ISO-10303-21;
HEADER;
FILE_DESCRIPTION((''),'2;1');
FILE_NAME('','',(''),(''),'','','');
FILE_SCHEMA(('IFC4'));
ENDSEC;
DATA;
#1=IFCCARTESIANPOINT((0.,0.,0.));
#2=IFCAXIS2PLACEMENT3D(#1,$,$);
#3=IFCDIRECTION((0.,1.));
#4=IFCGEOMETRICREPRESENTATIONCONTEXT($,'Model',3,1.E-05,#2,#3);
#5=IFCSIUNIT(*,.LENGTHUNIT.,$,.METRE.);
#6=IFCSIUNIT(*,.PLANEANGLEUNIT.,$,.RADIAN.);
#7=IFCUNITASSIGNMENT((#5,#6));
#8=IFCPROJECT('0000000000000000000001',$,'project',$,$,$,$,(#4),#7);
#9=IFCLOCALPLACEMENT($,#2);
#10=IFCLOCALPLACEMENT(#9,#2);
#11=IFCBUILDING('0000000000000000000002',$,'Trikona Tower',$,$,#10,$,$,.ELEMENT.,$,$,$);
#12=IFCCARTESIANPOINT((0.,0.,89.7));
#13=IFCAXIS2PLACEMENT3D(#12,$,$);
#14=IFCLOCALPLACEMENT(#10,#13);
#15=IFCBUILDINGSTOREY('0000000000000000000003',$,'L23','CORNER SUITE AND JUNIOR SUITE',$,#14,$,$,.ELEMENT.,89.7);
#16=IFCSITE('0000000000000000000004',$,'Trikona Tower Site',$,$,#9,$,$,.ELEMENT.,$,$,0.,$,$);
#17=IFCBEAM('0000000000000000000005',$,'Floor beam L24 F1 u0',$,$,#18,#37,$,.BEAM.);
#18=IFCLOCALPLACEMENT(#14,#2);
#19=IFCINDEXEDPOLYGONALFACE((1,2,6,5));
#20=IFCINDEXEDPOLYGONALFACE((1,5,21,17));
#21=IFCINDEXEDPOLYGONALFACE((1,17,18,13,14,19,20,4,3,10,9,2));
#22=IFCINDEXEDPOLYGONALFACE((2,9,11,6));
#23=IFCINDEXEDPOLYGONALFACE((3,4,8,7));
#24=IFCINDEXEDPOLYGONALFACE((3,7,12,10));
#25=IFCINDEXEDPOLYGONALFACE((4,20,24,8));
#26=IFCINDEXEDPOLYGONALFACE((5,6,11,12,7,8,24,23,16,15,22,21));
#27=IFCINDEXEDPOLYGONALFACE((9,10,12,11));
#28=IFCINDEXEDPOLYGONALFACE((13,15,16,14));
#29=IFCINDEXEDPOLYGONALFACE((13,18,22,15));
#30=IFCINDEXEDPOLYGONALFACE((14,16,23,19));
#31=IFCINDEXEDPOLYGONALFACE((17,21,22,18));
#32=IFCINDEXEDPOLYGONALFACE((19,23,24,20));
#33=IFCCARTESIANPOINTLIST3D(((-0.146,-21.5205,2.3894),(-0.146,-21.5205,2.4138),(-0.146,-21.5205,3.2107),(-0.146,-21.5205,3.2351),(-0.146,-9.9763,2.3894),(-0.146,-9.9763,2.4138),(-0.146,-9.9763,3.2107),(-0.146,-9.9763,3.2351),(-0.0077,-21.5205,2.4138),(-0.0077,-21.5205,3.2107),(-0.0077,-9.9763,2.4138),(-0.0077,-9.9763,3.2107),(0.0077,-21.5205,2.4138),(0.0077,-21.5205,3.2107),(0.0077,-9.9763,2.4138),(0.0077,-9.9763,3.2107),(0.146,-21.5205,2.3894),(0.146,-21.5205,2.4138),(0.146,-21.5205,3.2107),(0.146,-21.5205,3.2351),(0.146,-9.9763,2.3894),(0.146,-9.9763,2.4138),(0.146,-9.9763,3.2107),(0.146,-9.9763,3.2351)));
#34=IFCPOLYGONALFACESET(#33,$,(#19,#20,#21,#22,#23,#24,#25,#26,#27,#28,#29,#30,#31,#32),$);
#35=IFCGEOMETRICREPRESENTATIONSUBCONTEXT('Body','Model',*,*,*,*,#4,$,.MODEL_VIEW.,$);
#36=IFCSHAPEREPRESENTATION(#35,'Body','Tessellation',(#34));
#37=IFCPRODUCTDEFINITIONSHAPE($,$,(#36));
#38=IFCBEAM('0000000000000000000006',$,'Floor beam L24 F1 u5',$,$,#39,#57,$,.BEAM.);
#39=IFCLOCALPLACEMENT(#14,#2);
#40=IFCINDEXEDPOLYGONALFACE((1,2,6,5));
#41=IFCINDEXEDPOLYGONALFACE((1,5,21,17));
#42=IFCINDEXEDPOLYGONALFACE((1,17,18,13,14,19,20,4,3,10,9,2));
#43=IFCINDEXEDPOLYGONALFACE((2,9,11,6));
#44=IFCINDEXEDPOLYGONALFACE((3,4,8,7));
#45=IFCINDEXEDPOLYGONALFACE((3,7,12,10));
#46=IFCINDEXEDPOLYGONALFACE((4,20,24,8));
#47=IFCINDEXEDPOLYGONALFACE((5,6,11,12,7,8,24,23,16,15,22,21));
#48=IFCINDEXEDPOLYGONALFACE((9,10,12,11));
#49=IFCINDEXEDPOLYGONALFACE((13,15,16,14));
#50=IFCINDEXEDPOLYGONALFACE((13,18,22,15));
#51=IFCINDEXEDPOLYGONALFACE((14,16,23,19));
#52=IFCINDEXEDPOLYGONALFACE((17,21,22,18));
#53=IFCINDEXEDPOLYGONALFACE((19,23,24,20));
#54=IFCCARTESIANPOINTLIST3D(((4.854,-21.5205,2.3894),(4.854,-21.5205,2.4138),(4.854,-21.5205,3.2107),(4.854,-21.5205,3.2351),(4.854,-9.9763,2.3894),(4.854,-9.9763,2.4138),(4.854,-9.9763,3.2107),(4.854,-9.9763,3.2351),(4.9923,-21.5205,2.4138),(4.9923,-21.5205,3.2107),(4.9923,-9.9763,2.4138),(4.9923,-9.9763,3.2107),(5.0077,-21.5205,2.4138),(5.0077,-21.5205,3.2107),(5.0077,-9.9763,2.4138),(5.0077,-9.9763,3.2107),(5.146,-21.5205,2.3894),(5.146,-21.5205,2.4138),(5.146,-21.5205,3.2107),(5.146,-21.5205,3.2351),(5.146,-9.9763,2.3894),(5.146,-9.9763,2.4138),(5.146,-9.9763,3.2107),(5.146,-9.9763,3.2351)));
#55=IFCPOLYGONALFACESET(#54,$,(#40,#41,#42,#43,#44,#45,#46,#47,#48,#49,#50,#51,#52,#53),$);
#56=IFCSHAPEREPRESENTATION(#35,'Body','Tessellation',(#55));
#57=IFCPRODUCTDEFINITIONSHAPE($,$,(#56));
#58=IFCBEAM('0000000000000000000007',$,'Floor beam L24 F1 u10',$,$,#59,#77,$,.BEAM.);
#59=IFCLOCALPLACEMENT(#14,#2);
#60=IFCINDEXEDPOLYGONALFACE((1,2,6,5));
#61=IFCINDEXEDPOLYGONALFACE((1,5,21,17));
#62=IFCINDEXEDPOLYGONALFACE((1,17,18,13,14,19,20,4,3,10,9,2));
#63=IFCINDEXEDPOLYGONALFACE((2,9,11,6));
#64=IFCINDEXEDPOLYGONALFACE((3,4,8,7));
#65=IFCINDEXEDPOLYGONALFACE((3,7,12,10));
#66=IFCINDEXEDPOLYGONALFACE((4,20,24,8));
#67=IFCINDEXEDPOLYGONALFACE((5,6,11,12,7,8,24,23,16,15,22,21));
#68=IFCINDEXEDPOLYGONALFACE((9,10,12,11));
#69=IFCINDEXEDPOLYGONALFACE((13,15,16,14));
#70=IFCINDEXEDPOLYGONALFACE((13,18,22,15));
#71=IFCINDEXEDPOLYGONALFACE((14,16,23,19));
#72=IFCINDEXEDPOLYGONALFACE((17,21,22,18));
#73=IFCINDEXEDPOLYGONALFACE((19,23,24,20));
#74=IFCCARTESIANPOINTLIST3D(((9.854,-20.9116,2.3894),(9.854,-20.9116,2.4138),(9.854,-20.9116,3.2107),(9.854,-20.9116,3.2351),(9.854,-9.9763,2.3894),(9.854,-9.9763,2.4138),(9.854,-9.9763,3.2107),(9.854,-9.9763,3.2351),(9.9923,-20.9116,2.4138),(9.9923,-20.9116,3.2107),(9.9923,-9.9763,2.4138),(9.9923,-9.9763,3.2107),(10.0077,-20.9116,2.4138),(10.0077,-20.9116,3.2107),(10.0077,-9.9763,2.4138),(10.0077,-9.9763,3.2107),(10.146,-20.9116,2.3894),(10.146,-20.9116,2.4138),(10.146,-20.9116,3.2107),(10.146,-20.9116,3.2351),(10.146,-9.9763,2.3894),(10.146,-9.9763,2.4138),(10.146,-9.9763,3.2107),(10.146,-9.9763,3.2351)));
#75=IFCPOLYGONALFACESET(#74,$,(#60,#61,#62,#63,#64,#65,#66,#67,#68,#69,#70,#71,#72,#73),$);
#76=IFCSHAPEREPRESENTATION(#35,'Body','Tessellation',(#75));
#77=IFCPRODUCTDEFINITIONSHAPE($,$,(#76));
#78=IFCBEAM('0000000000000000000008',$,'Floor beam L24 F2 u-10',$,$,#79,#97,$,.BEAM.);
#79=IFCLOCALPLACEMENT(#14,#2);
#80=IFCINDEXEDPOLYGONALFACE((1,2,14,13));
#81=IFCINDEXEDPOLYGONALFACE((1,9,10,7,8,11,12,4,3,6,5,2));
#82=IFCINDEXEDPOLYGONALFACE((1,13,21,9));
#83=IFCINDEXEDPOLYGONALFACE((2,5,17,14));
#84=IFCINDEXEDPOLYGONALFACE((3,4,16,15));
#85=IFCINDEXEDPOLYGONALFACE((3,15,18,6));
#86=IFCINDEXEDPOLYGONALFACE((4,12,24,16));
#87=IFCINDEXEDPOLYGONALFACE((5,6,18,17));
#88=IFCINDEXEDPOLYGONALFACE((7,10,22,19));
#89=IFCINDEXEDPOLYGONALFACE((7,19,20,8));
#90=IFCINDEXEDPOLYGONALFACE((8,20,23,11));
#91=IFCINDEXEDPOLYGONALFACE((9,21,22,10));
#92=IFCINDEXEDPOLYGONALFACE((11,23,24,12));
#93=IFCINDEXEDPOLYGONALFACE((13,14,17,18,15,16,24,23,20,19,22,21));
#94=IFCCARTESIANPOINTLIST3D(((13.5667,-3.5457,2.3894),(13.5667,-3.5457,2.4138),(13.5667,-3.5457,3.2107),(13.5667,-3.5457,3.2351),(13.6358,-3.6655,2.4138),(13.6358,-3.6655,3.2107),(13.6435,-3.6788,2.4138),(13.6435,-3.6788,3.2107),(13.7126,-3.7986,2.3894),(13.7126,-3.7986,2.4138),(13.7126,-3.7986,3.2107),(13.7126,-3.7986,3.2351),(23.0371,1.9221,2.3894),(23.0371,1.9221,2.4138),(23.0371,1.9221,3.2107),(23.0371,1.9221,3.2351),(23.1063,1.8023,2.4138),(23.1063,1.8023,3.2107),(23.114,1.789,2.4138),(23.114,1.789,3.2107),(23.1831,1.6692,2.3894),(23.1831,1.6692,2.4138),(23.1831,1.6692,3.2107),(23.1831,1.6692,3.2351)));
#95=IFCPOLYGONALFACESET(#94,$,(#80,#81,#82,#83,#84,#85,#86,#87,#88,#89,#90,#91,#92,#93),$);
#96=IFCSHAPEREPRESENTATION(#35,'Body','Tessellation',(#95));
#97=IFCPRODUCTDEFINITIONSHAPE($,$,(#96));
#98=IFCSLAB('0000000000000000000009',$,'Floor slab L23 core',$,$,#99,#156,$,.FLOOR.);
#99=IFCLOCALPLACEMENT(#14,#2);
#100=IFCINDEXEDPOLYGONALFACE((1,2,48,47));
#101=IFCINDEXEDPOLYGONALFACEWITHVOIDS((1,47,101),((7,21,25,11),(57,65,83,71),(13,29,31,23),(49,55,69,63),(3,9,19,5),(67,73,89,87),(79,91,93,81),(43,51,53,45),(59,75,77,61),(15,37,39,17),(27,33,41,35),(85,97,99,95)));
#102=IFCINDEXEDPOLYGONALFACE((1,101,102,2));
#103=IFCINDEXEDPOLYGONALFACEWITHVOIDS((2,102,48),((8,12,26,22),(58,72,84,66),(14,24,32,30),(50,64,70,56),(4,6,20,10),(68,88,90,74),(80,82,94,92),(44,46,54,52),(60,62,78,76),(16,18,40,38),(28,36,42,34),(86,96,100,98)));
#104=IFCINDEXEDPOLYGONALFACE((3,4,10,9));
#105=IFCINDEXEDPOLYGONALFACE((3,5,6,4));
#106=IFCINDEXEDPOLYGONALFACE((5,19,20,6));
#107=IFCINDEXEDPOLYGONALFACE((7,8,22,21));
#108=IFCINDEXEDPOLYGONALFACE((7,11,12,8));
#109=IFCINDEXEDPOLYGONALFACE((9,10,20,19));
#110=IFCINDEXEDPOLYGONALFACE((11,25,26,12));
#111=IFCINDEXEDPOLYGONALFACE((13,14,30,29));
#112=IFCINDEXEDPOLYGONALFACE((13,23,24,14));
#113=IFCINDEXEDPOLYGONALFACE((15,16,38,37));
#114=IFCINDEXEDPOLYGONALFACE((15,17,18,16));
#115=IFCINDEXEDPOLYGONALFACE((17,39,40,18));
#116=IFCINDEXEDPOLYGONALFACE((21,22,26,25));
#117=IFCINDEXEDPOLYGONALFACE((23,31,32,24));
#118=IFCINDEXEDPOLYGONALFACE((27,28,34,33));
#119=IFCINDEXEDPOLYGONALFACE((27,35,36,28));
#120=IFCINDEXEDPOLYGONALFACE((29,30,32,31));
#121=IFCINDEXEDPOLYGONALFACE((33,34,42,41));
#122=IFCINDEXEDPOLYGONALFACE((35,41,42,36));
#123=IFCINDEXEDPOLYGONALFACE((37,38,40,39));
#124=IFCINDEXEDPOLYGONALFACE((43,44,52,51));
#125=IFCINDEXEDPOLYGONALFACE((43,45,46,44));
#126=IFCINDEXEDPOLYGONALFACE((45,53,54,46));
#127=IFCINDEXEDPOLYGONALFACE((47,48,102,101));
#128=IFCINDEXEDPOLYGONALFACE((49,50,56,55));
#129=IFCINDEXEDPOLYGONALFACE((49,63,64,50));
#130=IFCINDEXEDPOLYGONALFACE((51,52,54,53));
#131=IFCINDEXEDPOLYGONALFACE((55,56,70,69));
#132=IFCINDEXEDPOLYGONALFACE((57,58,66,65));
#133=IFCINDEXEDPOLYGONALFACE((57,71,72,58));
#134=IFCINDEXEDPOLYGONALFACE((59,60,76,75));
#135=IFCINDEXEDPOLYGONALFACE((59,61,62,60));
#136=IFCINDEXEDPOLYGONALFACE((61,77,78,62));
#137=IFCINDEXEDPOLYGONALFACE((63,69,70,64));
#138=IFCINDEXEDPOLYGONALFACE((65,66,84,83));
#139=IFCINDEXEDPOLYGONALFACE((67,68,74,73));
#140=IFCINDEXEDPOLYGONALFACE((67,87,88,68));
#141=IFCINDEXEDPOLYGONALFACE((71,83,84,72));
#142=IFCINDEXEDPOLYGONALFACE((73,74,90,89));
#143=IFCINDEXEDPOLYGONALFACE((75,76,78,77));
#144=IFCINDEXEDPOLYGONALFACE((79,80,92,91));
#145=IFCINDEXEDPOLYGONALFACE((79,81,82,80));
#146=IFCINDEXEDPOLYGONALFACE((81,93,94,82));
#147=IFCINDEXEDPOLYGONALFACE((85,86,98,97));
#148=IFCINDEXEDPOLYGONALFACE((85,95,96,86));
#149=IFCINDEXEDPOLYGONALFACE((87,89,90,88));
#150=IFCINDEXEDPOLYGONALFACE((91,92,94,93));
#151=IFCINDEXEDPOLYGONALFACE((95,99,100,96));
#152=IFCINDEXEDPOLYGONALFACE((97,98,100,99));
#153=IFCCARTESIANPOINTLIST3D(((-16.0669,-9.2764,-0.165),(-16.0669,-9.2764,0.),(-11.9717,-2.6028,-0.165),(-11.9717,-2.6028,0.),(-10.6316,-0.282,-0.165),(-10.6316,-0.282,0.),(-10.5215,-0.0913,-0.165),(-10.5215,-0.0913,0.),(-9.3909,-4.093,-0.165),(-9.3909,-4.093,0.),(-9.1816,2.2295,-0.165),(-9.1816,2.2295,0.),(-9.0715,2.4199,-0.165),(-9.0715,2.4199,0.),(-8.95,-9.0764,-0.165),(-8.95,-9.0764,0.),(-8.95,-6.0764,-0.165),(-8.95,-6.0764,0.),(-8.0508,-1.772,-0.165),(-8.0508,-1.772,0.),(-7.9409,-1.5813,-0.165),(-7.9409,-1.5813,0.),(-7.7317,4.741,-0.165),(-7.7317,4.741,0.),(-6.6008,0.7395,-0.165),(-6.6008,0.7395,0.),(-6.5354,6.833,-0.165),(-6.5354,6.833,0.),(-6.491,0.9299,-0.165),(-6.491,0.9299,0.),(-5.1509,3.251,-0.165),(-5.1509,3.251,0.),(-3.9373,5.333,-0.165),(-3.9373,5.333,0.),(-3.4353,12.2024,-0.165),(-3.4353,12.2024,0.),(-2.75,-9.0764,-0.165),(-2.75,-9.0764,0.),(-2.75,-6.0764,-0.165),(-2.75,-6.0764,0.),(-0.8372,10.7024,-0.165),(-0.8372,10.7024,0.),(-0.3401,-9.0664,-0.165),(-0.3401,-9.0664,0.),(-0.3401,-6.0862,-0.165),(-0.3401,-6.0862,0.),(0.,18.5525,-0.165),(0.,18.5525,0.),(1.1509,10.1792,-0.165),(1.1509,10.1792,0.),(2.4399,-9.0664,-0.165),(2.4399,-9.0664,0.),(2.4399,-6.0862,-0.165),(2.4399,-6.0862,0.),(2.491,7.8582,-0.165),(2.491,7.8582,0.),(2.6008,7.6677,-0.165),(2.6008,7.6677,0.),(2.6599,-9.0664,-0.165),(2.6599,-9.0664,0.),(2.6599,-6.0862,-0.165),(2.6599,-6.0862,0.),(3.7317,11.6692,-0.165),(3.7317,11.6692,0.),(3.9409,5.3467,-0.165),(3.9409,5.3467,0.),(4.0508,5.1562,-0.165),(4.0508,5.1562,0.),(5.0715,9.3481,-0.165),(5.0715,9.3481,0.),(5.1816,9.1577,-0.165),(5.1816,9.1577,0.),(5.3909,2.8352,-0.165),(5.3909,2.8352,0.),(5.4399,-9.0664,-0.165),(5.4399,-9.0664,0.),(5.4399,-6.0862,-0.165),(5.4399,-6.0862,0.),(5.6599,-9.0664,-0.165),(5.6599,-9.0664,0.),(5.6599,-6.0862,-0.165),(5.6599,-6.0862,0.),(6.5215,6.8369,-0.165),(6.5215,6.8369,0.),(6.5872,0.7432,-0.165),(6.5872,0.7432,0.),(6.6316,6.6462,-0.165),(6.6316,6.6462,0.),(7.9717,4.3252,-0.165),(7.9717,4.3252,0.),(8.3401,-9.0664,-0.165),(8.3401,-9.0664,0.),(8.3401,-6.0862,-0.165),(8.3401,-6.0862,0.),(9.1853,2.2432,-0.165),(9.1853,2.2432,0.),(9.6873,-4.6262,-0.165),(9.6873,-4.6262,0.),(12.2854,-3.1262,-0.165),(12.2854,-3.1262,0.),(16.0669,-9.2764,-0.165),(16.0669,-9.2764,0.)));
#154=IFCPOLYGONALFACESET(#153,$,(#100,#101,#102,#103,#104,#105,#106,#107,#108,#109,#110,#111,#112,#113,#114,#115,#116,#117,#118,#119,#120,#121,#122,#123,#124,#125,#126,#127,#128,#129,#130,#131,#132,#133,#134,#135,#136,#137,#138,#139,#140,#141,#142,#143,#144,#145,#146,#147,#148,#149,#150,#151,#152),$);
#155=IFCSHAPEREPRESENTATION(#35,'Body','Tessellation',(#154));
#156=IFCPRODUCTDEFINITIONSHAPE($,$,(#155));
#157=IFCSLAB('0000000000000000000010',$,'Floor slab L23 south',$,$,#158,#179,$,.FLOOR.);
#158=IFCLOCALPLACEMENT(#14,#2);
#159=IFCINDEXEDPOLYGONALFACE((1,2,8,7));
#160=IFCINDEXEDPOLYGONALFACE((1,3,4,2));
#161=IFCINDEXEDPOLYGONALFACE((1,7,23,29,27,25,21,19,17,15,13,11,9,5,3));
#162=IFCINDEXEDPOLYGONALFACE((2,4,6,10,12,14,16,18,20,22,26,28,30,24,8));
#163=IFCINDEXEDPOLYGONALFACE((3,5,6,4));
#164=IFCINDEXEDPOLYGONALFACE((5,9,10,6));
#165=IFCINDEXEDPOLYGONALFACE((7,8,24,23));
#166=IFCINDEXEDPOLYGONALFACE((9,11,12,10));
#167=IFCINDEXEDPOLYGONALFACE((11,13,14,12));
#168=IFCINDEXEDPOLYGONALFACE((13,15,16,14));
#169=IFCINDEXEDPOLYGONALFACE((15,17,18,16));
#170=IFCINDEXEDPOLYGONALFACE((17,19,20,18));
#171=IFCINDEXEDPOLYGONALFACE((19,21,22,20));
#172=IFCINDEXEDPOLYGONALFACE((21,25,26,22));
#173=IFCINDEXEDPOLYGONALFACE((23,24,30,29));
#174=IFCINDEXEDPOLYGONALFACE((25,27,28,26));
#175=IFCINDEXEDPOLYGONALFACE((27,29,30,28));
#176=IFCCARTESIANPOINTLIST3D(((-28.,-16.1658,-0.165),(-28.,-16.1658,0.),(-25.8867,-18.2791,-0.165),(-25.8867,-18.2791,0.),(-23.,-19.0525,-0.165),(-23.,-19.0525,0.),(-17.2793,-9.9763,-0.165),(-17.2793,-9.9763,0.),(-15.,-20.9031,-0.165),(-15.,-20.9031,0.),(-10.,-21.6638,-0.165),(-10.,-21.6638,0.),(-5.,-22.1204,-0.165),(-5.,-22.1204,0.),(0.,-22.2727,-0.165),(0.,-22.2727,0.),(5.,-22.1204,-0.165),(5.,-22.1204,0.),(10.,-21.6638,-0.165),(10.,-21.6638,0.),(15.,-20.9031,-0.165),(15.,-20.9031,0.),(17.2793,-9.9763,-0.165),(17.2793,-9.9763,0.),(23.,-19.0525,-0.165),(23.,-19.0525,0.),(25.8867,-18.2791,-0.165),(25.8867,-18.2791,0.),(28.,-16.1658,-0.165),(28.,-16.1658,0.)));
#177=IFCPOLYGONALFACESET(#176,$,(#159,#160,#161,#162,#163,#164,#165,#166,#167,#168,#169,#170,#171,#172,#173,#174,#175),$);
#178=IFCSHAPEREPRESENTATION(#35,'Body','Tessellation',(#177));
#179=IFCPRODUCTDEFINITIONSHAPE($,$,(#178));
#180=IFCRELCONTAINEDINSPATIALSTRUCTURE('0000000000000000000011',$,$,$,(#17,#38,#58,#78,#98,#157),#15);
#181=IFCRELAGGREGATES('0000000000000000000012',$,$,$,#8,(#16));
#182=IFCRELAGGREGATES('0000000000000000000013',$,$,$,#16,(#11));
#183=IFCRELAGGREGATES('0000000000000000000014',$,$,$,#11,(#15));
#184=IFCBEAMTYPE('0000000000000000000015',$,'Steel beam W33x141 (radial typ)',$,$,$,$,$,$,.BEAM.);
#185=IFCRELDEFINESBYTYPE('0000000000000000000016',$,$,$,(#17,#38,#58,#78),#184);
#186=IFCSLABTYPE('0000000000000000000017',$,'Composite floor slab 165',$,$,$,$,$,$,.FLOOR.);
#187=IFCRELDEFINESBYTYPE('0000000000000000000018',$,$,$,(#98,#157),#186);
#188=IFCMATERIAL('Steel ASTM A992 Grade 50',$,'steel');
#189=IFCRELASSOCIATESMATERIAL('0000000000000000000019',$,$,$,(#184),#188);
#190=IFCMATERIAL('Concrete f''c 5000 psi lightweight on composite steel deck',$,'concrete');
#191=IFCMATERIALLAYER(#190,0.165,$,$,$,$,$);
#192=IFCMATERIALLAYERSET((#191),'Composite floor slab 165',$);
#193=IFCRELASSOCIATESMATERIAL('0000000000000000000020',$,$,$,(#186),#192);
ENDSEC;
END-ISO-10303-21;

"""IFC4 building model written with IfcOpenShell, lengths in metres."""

from ifc_helpers import new_model, si_unit, direction, frame, origin, origin_2d, place, context, subcontext, project, spatial, polyline, i_section, outline, extrude, material, layer, layer_set, material_profile, profile_set, type_object, element, save


model = new_model("IFC4")

# Units and contexts
model_context = context("Model", 3, precision=1e-05, world=origin(), true_north=direction((0.0, 1.0)))
body_context = subcontext(model_context, "Body", "Model", "MODEL_VIEW")
ifc_project = project(units=[si_unit("LENGTHUNIT", "METRE"), si_unit("PLANEANGLEUNIT", "RADIAN")], contexts=[model_context])

# Site, building, storey
site_placement = place(None, origin())
site = spatial("IfcSite", under=ifc_project, at=site_placement, Name="Trikona Tower Site", CompositionType="ELEMENT", RefElevation=0.0)
building_placement = place(site_placement, origin())
building = spatial("IfcBuilding", under=site, at=building_placement, Name="Trikona Tower", CompositionType="ELEMENT")
storey_placement = place(building_placement, frame((0.0, 0.0, 89.7)))
storey = spatial("IfcBuildingStorey", under=building, at=storey_placement, Name="L23", Description="CORNER SUITE AND JUNIOR SUITE", CompositionType="ELEMENT", Elevation=89.7)

# Beams
ifc_material_1 = material(Name="Steel ASTM A992 Grade 50", Category="steel")
ifc_material_profile = material_profile(ifc_material_1, i_section(OverallWidth=0.292, OverallDepth=0.8457, WebThickness=0.0154, FlangeThickness=0.0244, at=origin_2d()), Name="W33X141")
ifc_profile_set = profile_set([ifc_material_profile], Name="Steel ASTM A992 Grade 50")
beam_type = type_object("IfcBeamType", Name="Steel beam W33x141 (radial typ)", PredefinedType="BEAM", material=ifc_profile_set)
for number, where, z_axis, x_axis, name in (
    (1, (0.0, -9.9763, 2.8123), (0.0, -1.0, 0.0), (1.0, 0.0, 0.0), "Floor beam L24 F1 u0"),
    (2, (5.0, -9.9763, 2.8123), (0.0, -1.0, 0.0), (1.0, 0.0, 0.0), "Floor beam L24 F1 u5"),
):
    element("IfcBeam", number, at=place(storey_placement, frame(where, z_axis=z_axis, x_axis=x_axis)), inside=storey, type_object=beam_type, Name=name, PredefinedType="BEAM", context=body_context, shape_type="SweptSolid", body=[
        extrude(i_section(OverallWidth=0.292, OverallDepth=0.8457, WebThickness=0.0154, FlangeThickness=0.0244, at=origin_2d()), origin(), (0.0, 0.0, 1.0), 11.5442),
    ])
beam_1_placement = place(storey_placement, frame((10.0, -9.9763, 2.8123), z_axis=(0.0, -1.0, 0.0), x_axis=(1.0, 0.0, 0.0)))
element("IfcBeam", 3, at=beam_1_placement, inside=storey, type_object=beam_type, Name="Floor beam L24 F1 u10", PredefinedType="BEAM", context=body_context, shape_type="SweptSolid", body=[
    extrude(i_section(OverallWidth=0.292, OverallDepth=0.8457, WebThickness=0.0154, FlangeThickness=0.0244, at=origin_2d()), origin(), (0.0, 0.0, 1.0), 10.9353),
])
beam_2_placement = place(storey_placement, frame((13.6396, -3.6721, 2.8123), z_axis=(0.866025, 0.5, 0.0), x_axis=(-0.5, 0.866025, 0.0)))
element("IfcBeam", 4, at=beam_2_placement, inside=storey, type_object=beam_type, Name="Floor beam L24 F2 u-10", PredefinedType="BEAM", context=body_context, shape_type="SweptSolid", body=[
    extrude(i_section(OverallWidth=0.292, OverallDepth=0.8457, WebThickness=0.0154, FlangeThickness=0.0244, at=origin_2d()), origin(), (0.0, 0.0, 1.0), 10.9355),
])

# Slabs
ifc_material_2 = material(Name="Concrete f'c 5000 psi lightweight on composite steel deck", Category="concrete")
ifc_layer_1 = layer(ifc_material_2, 0.165)
ifc_layer_set_1 = layer_set([ifc_layer_1], Name="Composite floor slab 165")
slab_type = type_object("IfcSlabType", Name="Composite floor slab 165", PredefinedType="FLOOR", material=ifc_layer_set_1)
slab_1_placement = place(storey_placement, frame((0.0, 0.0, -0.165)))
element("IfcSlab", 5, at=slab_1_placement, inside=storey, type_object=slab_type, Name="Floor slab L23 core", PredefinedType="FLOOR", context=body_context, shape_type="SweptSolid", body=[
    extrude(outline(polyline([(-16.0669, -9.2764), (16.0669, -9.2764), (0.0, 18.5525), (-16.0669, -9.2764)]), holes=[polyline([(12.2854, -3.1262), (9.1853, 2.2432), (6.5872, 0.7432), (9.6873, -4.6262), (12.2854, -3.1262)]), polyline([(8.3401, -9.0664), (8.3401, -6.0862), (5.6599, -6.0862), (5.6599, -9.0664), (8.3401, -9.0664)]), polyline([(5.3909, 2.8352), (7.9717, 4.3252), (6.6316, 6.6462), (4.0508, 5.1562), (5.3909, 2.8352)]), polyline([(2.6008, 7.6677), (3.9409, 5.3467), (6.5215, 6.8369), (5.1816, 9.1577), (2.6008, 7.6677)]), polyline([(5.4399, -6.0862), (2.6599, -6.0862), (2.6599, -9.0664), (5.4399, -9.0664), (5.4399, -6.0862)]), polyline([(3.7317, 11.6692), (1.1509, 10.1792), (2.491, 7.8582), (5.0715, 9.3481), (3.7317, 11.6692)]), polyline([(-0.3401, -6.0862), (-0.3401, -9.0664), (2.4399, -9.0664), (2.4399, -6.0862), (-0.3401, -6.0862)]), polyline([(-3.4353, 12.2024), (-6.5354, 6.833), (-3.9373, 5.333), (-0.8372, 10.7024), (-3.4353, 12.2024)]), polyline([(-8.95, -9.0764), (-2.75, -9.0764), (-2.75, -6.0764), (-8.95, -6.0764), (-8.95, -9.0764)]), polyline([(-5.1509, 3.251), (-7.7317, 4.741), (-9.0715, 2.4199), (-6.491, 0.9299), (-5.1509, 3.251)]), polyline([(-7.9409, -1.5813), (-6.6008, 0.7395), (-9.1816, 2.2295), (-10.5215, -0.0913), (-7.9409, -1.5813)]), polyline([(-11.9717, -2.6028), (-9.3909, -4.093), (-8.0508, -1.772), (-10.6316, -0.282), (-11.9717, -2.6028)])]), origin(), (0.0, 0.0, 1.0), 0.165),
])
slab_2_placement = place(storey_placement, frame((0.0, 0.0, -0.165)))
element("IfcSlab", 6, at=slab_2_placement, inside=storey, type_object=slab_type, Name="Floor slab L23 south", PredefinedType="FLOOR", context=body_context, shape_type="SweptSolid", body=[
    extrude(outline(polyline([(25.8867, -18.2791), (28.0, -16.1658), (17.2793, -9.9763), (-17.2793, -9.9763), (-28.0, -16.1658), (-25.8867, -18.2791), (-23.0, -19.0525), (-15.0, -20.9031), (-10.0, -21.6638), (-5.0, -22.1204), (0.0, -22.2727), (5.0, -22.1204), (10.0, -21.6638), (15.0, -20.9031), (23.0, -19.0525), (25.8867, -18.2791)])), origin(), (0.0, 0.0, 1.0), 0.165),
])

save(model, "model.ifc")
